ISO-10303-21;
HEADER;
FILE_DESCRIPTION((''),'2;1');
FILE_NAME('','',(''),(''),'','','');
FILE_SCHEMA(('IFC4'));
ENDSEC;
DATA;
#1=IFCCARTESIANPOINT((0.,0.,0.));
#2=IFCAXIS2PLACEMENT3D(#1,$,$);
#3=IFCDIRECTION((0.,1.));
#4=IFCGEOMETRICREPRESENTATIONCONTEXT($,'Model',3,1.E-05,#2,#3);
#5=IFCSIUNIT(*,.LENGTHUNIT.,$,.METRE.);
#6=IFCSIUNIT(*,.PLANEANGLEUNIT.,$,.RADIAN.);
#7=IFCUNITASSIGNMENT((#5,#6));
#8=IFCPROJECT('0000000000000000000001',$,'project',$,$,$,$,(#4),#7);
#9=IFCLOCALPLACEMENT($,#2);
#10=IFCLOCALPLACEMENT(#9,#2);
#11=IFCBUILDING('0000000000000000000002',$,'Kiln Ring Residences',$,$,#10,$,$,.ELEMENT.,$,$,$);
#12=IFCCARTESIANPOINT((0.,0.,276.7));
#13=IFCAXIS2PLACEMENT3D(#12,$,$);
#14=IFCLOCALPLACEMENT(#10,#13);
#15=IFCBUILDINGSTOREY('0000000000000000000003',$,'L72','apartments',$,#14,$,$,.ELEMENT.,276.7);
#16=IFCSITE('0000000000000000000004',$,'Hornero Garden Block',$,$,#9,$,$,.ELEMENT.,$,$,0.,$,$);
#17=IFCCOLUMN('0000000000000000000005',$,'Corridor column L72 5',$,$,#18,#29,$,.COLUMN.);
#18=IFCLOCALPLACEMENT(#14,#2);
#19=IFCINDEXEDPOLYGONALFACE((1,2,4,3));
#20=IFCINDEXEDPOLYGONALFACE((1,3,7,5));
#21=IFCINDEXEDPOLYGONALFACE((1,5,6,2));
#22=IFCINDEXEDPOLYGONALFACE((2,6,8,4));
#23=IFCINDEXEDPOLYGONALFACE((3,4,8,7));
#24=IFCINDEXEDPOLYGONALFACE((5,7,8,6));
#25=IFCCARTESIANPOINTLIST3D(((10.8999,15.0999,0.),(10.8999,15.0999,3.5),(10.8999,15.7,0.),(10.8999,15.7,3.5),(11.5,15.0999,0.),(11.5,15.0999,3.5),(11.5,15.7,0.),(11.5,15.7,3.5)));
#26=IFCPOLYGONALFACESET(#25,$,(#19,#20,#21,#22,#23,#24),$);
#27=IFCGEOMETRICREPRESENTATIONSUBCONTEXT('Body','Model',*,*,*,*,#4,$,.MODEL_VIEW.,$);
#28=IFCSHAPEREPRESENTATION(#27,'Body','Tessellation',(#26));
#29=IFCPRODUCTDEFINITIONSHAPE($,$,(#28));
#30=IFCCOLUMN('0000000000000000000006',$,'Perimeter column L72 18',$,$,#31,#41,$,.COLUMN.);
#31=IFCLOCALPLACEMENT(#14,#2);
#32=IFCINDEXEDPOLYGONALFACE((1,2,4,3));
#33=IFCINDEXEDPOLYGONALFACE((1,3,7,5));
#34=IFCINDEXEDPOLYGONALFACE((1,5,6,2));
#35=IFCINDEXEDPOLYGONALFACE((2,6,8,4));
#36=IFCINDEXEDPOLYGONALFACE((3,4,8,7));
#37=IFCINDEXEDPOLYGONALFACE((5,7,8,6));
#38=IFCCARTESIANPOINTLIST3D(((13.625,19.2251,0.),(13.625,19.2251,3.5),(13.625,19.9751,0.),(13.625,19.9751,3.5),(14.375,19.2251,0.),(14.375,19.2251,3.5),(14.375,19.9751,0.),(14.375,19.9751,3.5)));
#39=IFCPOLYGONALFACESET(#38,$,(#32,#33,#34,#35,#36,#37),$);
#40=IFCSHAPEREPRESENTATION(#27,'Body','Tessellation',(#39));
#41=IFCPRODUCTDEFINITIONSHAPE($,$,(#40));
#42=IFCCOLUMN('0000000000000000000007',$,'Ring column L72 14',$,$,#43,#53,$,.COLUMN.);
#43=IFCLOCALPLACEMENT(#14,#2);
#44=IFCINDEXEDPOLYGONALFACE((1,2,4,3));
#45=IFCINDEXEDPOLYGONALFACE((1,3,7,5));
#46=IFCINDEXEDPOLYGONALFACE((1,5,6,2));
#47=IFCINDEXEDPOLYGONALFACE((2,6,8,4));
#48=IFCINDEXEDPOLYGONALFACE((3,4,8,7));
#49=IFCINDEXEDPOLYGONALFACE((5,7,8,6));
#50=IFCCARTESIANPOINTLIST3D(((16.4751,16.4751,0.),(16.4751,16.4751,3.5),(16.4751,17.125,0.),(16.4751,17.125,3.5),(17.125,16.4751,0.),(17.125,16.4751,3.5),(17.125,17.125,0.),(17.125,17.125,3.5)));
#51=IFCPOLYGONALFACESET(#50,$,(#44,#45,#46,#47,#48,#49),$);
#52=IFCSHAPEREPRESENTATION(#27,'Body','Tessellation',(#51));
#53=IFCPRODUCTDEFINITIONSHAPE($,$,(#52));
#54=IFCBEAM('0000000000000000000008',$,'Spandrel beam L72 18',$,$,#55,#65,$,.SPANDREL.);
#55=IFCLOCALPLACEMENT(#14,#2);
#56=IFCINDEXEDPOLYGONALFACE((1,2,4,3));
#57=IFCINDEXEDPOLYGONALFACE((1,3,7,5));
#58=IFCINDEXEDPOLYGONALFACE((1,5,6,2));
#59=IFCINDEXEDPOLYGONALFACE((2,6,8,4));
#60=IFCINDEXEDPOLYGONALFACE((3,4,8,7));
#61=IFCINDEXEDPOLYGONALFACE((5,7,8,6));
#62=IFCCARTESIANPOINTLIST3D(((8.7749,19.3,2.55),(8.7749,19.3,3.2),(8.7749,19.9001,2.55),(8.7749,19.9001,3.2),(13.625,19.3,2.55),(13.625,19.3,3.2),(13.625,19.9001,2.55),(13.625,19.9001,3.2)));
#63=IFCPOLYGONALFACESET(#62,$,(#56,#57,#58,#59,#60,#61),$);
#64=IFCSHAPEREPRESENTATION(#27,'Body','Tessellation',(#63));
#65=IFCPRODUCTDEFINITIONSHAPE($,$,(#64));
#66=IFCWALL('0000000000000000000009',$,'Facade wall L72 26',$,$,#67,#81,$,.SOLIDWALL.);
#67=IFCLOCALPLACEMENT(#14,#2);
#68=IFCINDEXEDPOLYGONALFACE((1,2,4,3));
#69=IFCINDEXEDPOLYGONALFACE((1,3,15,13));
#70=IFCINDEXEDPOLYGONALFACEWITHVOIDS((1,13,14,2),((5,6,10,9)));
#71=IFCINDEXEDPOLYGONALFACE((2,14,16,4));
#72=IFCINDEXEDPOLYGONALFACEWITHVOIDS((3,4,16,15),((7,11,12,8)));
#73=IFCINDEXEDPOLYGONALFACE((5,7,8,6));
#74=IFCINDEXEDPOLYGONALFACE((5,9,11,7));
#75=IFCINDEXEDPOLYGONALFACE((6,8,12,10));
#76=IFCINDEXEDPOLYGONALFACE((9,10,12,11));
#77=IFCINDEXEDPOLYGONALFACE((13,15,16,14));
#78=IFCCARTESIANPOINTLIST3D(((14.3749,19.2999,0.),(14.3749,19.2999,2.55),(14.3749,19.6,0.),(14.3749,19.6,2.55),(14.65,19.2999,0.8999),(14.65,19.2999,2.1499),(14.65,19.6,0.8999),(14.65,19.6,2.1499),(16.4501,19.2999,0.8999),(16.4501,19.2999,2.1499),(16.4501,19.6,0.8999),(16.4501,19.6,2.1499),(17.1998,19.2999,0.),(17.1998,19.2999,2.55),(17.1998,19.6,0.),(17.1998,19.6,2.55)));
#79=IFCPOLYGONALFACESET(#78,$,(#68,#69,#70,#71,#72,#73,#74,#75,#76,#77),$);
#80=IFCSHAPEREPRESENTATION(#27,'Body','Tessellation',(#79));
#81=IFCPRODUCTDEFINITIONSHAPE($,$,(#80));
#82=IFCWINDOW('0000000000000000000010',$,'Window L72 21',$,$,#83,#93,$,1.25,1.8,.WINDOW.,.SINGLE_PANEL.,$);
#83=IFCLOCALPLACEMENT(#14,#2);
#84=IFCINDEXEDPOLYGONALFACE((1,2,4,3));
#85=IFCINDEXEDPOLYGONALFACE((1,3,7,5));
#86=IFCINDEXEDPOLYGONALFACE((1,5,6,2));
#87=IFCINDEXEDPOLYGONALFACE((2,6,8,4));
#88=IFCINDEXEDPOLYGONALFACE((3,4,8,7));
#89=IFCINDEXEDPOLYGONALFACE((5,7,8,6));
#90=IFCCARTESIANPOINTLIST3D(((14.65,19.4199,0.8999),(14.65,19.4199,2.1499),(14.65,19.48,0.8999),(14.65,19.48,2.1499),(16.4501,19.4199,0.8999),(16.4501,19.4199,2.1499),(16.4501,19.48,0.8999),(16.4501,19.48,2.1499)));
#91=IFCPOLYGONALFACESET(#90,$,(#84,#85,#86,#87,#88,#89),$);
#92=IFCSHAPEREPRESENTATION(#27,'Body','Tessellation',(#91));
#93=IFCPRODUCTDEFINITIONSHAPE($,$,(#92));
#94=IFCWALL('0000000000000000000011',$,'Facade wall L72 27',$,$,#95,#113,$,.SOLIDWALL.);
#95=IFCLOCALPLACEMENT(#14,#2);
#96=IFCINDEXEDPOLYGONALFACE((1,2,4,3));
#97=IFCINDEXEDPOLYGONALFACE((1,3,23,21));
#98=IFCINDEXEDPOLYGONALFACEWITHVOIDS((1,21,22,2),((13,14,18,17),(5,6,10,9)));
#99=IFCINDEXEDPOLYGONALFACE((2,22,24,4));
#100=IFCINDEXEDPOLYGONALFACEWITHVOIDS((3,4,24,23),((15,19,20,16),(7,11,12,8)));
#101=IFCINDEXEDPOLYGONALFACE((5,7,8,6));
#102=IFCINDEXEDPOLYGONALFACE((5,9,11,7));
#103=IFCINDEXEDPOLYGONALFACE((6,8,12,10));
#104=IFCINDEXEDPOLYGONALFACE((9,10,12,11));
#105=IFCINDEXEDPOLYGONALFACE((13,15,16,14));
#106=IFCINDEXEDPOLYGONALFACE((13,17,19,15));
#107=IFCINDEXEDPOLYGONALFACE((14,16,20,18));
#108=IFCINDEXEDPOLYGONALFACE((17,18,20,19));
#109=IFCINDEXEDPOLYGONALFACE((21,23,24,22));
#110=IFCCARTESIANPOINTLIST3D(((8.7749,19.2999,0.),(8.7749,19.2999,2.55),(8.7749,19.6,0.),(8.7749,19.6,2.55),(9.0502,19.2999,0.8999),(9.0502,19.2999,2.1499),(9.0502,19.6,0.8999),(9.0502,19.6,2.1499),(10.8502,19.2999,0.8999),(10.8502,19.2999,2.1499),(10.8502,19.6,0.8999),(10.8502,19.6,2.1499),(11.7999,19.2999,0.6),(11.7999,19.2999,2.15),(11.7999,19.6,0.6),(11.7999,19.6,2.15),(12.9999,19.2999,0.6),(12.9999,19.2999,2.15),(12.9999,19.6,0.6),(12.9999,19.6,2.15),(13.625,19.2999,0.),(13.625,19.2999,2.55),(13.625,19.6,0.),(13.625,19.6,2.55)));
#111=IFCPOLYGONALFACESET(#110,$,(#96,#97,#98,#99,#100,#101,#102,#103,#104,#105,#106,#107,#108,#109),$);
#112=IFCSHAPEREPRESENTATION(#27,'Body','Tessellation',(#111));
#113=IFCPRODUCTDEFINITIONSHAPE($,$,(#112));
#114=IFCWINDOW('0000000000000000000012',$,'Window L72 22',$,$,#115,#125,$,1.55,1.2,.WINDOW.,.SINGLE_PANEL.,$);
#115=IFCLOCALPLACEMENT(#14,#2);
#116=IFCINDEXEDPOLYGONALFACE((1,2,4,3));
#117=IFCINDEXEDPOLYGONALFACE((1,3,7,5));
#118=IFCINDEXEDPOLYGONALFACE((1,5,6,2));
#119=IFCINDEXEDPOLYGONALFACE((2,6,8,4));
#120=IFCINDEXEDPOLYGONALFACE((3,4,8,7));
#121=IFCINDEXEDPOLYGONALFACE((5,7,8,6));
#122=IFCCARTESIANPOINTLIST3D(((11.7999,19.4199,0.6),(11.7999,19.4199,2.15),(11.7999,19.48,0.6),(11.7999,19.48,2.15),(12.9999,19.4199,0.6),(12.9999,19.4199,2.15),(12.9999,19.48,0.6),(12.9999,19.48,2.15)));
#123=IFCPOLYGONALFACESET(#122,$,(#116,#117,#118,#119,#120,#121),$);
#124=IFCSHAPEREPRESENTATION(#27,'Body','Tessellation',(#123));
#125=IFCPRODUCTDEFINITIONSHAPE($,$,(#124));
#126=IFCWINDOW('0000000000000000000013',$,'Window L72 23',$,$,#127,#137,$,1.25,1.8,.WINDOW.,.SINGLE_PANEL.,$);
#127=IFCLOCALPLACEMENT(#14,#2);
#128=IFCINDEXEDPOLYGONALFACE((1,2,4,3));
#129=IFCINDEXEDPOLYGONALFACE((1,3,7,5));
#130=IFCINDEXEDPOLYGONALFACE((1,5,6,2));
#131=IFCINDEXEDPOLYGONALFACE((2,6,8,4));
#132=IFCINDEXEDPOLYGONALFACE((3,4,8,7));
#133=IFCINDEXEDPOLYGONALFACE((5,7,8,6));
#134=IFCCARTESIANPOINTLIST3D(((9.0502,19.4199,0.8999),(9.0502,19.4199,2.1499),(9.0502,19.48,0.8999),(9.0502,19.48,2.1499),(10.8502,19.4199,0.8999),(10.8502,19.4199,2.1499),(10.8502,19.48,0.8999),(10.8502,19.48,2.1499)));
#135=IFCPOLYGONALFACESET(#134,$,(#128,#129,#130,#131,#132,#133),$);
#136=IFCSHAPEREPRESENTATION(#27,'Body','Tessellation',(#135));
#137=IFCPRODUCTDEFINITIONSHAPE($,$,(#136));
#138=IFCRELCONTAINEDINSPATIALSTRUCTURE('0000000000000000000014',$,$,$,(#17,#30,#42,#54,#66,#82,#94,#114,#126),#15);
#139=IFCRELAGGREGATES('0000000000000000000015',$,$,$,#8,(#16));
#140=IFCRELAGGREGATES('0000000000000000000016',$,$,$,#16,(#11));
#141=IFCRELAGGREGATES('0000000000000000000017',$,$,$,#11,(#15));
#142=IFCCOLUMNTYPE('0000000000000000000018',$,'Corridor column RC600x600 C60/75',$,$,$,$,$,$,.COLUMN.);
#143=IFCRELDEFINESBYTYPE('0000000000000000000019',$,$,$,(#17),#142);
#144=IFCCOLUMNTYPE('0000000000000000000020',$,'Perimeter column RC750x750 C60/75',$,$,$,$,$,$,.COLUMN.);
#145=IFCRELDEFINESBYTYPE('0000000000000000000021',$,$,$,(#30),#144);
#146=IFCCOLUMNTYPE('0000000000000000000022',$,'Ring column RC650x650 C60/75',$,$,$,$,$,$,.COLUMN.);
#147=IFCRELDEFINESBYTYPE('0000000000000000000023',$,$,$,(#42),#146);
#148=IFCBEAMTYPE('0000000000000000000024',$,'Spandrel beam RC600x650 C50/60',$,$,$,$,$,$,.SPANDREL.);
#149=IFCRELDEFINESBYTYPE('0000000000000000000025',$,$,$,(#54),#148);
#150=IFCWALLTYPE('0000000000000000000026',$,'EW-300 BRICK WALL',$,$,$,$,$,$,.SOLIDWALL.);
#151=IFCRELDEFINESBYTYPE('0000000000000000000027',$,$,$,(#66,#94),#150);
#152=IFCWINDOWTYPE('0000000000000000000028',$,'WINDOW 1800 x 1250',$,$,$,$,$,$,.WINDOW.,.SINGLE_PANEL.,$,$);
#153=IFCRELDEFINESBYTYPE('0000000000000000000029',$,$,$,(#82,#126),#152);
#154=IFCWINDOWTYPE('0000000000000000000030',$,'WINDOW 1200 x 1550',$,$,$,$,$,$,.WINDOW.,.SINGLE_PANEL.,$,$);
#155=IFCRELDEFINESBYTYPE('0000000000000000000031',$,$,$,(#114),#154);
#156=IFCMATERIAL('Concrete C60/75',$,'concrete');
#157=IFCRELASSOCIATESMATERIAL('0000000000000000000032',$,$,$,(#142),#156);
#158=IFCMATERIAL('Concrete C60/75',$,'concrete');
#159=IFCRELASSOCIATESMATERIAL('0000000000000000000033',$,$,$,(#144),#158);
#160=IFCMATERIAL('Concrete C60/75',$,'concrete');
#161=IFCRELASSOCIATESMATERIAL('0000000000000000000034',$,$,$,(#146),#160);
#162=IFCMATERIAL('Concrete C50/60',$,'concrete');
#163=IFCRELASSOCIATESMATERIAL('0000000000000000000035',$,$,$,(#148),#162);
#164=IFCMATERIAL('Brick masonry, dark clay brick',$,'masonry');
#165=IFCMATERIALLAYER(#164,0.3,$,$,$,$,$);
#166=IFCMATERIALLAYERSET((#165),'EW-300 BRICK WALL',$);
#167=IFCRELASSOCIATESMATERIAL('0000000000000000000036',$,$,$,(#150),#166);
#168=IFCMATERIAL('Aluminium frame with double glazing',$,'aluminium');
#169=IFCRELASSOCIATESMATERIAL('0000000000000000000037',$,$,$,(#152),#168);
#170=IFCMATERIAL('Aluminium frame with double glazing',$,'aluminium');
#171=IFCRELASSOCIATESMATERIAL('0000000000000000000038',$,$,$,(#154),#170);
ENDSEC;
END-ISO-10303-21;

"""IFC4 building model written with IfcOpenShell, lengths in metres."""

from ifc_helpers import new_model, si_unit, direction, frame, frame_2d, origin, origin_2d, place, context, subcontext, project, spatial, rectangle, extrude, material, layer, layer_set, material_profile, profile_set, type_object, element, fill, save


model = new_model("IFC4")

# Units and contexts
model_context = context("Model", 3, precision=1e-05, world=origin(), true_north=direction((0.0, 1.0)))
body_context = subcontext(model_context, "Body", "Model", "MODEL_VIEW")
ifc_project = project(units=[si_unit("LENGTHUNIT", "METRE"), si_unit("PLANEANGLEUNIT", "RADIAN")], contexts=[model_context])

# Site, building, storey
site_placement = place(None, origin())
site = spatial("IfcSite", under=ifc_project, at=site_placement, Name="Hornero Garden Block", CompositionType="ELEMENT", RefElevation=0.0)
building_placement = place(site_placement, origin())
building = spatial("IfcBuilding", under=site, at=building_placement, Name="Kiln Ring Residences", CompositionType="ELEMENT")
storey_placement = place(building_placement, frame((0.0, 0.0, 276.7)))
storey = spatial("IfcBuildingStorey", under=building, at=storey_placement, Name="L72", Description="apartments", CompositionType="ELEMENT", Elevation=276.7)

# Columns
ifc_material_1 = material(Name="Concrete C60/75", Category="concrete")
ifc_material_profile_1 = material_profile(ifc_material_1, rectangle(XDim=0.6001, YDim=0.6001, at=origin_2d()), Name="RC600x600")
ifc_profile_set_1 = profile_set([ifc_material_profile_1], Name="Concrete C60/75")
column_type_1 = type_object("IfcColumnType", Name="Corridor column RC600x600 C60/75", PredefinedType="COLUMN", material=ifc_profile_set_1)
column_1_placement = place(storey_placement, frame((11.2, 15.3999, 0.0), z_axis=(0.0, 0.0, 1.0), x_axis=(1.0, 0.0, 0.0)))
element("IfcColumn", 1, at=column_1_placement, inside=storey, type_object=column_type_1, Name="Corridor column L72 5", PredefinedType="COLUMN", context=body_context, shape_type="SweptSolid", body=[
    extrude(rectangle(XDim=0.6001, YDim=0.6001, at=origin_2d()), origin(), (0.0, 0.0, 1.0), 3.5),
])
ifc_material_2 = material(Name="Concrete C60/75", Category="concrete")
ifc_material_profile_2 = material_profile(ifc_material_2, rectangle(XDim=0.75, YDim=0.75, at=origin_2d()), Name="RC750x750")
ifc_profile_set_2 = profile_set([ifc_material_profile_2], Name="Concrete C60/75")
column_type_2 = type_object("IfcColumnType", Name="Perimeter column RC750x750 C60/75", PredefinedType="COLUMN", material=ifc_profile_set_2)
column_2_placement = place(storey_placement, frame((14.0, 19.6001, 0.0), z_axis=(0.0, 0.0, 1.0), x_axis=(1.0, 0.0, 0.0)))
element("IfcColumn", 2, at=column_2_placement, inside=storey, type_object=column_type_2, Name="Perimeter column L72 18", PredefinedType="COLUMN", context=body_context, shape_type="SweptSolid", body=[
    extrude(rectangle(XDim=0.75, YDim=0.75, at=origin_2d()), origin(), (0.0, 0.0, 1.0), 3.5),
])
ifc_material_3 = material(Name="Concrete C60/75", Category="concrete")
ifc_material_profile_3 = material_profile(ifc_material_3, rectangle(XDim=0.6499, YDim=0.6499, at=origin_2d()), Name="RC650x650")
ifc_profile_set_3 = profile_set([ifc_material_profile_3], Name="Concrete C60/75")
column_type_3 = type_object("IfcColumnType", Name="Ring column RC650x650 C60/75", PredefinedType="COLUMN", material=ifc_profile_set_3)
column_3_placement = place(storey_placement, frame((16.8, 16.8, 0.0), z_axis=(0.0, 0.0, 1.0), x_axis=(1.0, 0.0, 0.0)))
element("IfcColumn", 3, at=column_3_placement, inside=storey, type_object=column_type_3, Name="Ring column L72 14", PredefinedType="COLUMN", context=body_context, shape_type="SweptSolid", body=[
    extrude(rectangle(XDim=0.6499, YDim=0.6499, at=origin_2d()), origin(), (0.0, 0.0, 1.0), 3.5),
])

# Beam
ifc_material_4 = material(Name="Concrete C50/60", Category="concrete")
ifc_material_profile_4 = material_profile(ifc_material_4, rectangle(XDim=0.6001, YDim=0.6499, at=origin_2d()), Name="RC600x650")
ifc_profile_set_4 = profile_set([ifc_material_profile_4], Name="Concrete C50/60")
beam_type = type_object("IfcBeamType", Name="Spandrel beam RC600x650 C50/60", PredefinedType="SPANDREL", material=ifc_profile_set_4)
beam_placement = place(storey_placement, frame((13.625, 19.6001, 2.875), z_axis=(-1.0, 0.0, 0.0), x_axis=(0.0, -1.0, 0.0)))
element("IfcBeam", 4, at=beam_placement, inside=storey, type_object=beam_type, Name="Spandrel beam L72 18", PredefinedType="SPANDREL", context=body_context, shape_type="SweptSolid", body=[
    extrude(rectangle(XDim=0.6001, YDim=0.6499, at=origin_2d()), origin(), (0.0, 0.0, 1.0), 4.8501),
])

# Wall, opening, window
ifc_material_5 = material(Name="Brick masonry, dark clay brick", Category="masonry")
ifc_layer_1 = layer(ifc_material_5, 0.3)
ifc_layer_set_1 = layer_set([ifc_layer_1], Name="EW-300 BRICK WALL")
wall_type_1 = type_object("IfcWallType", Name="EW-300 BRICK WALL", PredefinedType="SOLIDWALL", material=ifc_layer_set_1)
wall_1_placement = place(storey_placement, frame((17.2, 19.45, 0.0), z_axis=(0.0, 0.0, 1.0), x_axis=(-1.0, 0.0, 0.0)))
wall_1 = element("IfcWall", 5, at=wall_1_placement, inside=storey, type_object=wall_type_1, Name="Facade wall L72 26", PredefinedType="SOLIDWALL", context=body_context, shape_type="SweptSolid", body=[
    extrude(rectangle(XDim=2.825, YDim=0.3, at=frame_2d((1.4126, 0.0))), origin(), (0.0, 0.0, 1.0), 2.55),
])
opening_1_placement = place(wall_1_placement, frame((0.75, 0.0, 0.8999)))
opening_1 = element("IfcOpeningElement", 6, at=opening_1_placement, cuts=wall_1, PredefinedType="OPENING", context=body_context, shape_type="SweptSolid", body=[
    extrude(rectangle(XDim=1.8, YDim=1.25, at=frame_2d((0.8999, 0.625))), frame((0.0, 0.1599, 0.0), z_axis=(0.0, -1.0, 0.0), x_axis=(1.0, 0.0, 0.0)), (0.0, 0.0, 1.0), 0.3201),
])
ifc_material_6 = material(Name="Aluminium frame with double glazing", Category="aluminium")
window_type_1 = type_object("IfcWindowType", Name="WINDOW 1800 x 1250", PartitioningType="SINGLE_PANEL", PredefinedType="WINDOW", material=ifc_material_6)
window_1_placement = place(opening_1_placement, origin())
window_1 = element("IfcWindow", 7, at=window_1_placement, inside=storey, type_object=window_type_1, Name="Window L72 21", OverallHeight=1.25, OverallWidth=1.8, PartitioningType="SINGLE_PANEL", PredefinedType="WINDOW", context=body_context, shape_type="SweptSolid", body=[
    extrude(rectangle(XDim=1.8, YDim=1.25, at=frame_2d((0.8999, 0.625))), frame((0.0, 0.03, 0.0), z_axis=(0.0, -1.0, 0.0), x_axis=(1.0, 0.0, 0.0)), (0.0, 0.0, 1.0), 0.0601),
])
fill(opening_1, window_1)

# Wall, openings, windows
wall_2_placement = place(storey_placement, frame((13.625, 19.45, 0.0), z_axis=(0.0, 0.0, 1.0), x_axis=(-1.0, 0.0, 0.0)))
wall_2 = element("IfcWall", 8, at=wall_2_placement, inside=storey, type_object=wall_type_1, Name="Facade wall L72 27", PredefinedType="SOLIDWALL", context=body_context, shape_type="SweptSolid", body=[
    extrude(rectangle(XDim=4.8501, YDim=0.3, at=frame_2d((2.425, 0.0))), origin(), (0.0, 0.0, 1.0), 2.55),
])
opening_2_placement = place(wall_2_placement, frame((0.625, 0.0, 0.6001)))
opening_2 = element("IfcOpeningElement", 9, at=opening_2_placement, cuts=wall_2, PredefinedType="OPENING", context=body_context, shape_type="SweptSolid", body=[
    extrude(rectangle(XDim=1.2, YDim=1.55, at=frame_2d((0.6001, 0.7749))), frame((0.0, 0.1599, 0.0), z_axis=(0.0, -1.0, 0.0), x_axis=(1.0, 0.0, 0.0)), (0.0, 0.0, 1.0), 0.3201),
])
opening_3_placement = place(wall_2_placement, frame((2.7749, 0.0, 0.8999)))
opening_3 = element("IfcOpeningElement", 10, at=opening_3_placement, cuts=wall_2, PredefinedType="OPENING", context=body_context, shape_type="SweptSolid", body=[
    extrude(rectangle(XDim=1.8, YDim=1.25, at=frame_2d((0.8999, 0.625))), frame((0.0, 0.1599, 0.0), z_axis=(0.0, -1.0, 0.0), x_axis=(1.0, 0.0, 0.0)), (0.0, 0.0, 1.0), 0.3201),
])
ifc_material_7 = material(Name="Aluminium frame with double glazing", Category="aluminium")
window_type_2 = type_object("IfcWindowType", Name="WINDOW 1200 x 1550", PartitioningType="SINGLE_PANEL", PredefinedType="WINDOW", material=ifc_material_7)
window_2_placement = place(opening_2_placement, origin())
window_2 = element("IfcWindow", 11, at=window_2_placement, inside=storey, type_object=window_type_2, Name="Window L72 22", OverallHeight=1.55, OverallWidth=1.2, PartitioningType="SINGLE_PANEL", PredefinedType="WINDOW", context=body_context, shape_type="SweptSolid", body=[
    extrude(rectangle(XDim=1.2, YDim=1.55, at=frame_2d((0.6001, 0.7749))), frame((0.0, 0.03, 0.0), z_axis=(0.0, -1.0, 0.0), x_axis=(1.0, 0.0, 0.0)), (0.0, 0.0, 1.0), 0.0601),
])
fill(opening_2, window_2)
window_3_placement = place(opening_3_placement, origin())
window_3 = element("IfcWindow", 12, at=window_3_placement, inside=storey, type_object=window_type_1, Name="Window L72 23", OverallHeight=1.25, OverallWidth=1.8, PartitioningType="SINGLE_PANEL", PredefinedType="WINDOW", context=body_context, shape_type="SweptSolid", body=[
    extrude(rectangle(XDim=1.8, YDim=1.25, at=frame_2d((0.8999, 0.625))), frame((0.0, 0.03, 0.0), z_axis=(0.0, -1.0, 0.0), x_axis=(1.0, 0.0, 0.0)), (0.0, 0.0, 1.0), 0.0601),
])
fill(opening_3, window_3)

save(model, "model.ifc")
